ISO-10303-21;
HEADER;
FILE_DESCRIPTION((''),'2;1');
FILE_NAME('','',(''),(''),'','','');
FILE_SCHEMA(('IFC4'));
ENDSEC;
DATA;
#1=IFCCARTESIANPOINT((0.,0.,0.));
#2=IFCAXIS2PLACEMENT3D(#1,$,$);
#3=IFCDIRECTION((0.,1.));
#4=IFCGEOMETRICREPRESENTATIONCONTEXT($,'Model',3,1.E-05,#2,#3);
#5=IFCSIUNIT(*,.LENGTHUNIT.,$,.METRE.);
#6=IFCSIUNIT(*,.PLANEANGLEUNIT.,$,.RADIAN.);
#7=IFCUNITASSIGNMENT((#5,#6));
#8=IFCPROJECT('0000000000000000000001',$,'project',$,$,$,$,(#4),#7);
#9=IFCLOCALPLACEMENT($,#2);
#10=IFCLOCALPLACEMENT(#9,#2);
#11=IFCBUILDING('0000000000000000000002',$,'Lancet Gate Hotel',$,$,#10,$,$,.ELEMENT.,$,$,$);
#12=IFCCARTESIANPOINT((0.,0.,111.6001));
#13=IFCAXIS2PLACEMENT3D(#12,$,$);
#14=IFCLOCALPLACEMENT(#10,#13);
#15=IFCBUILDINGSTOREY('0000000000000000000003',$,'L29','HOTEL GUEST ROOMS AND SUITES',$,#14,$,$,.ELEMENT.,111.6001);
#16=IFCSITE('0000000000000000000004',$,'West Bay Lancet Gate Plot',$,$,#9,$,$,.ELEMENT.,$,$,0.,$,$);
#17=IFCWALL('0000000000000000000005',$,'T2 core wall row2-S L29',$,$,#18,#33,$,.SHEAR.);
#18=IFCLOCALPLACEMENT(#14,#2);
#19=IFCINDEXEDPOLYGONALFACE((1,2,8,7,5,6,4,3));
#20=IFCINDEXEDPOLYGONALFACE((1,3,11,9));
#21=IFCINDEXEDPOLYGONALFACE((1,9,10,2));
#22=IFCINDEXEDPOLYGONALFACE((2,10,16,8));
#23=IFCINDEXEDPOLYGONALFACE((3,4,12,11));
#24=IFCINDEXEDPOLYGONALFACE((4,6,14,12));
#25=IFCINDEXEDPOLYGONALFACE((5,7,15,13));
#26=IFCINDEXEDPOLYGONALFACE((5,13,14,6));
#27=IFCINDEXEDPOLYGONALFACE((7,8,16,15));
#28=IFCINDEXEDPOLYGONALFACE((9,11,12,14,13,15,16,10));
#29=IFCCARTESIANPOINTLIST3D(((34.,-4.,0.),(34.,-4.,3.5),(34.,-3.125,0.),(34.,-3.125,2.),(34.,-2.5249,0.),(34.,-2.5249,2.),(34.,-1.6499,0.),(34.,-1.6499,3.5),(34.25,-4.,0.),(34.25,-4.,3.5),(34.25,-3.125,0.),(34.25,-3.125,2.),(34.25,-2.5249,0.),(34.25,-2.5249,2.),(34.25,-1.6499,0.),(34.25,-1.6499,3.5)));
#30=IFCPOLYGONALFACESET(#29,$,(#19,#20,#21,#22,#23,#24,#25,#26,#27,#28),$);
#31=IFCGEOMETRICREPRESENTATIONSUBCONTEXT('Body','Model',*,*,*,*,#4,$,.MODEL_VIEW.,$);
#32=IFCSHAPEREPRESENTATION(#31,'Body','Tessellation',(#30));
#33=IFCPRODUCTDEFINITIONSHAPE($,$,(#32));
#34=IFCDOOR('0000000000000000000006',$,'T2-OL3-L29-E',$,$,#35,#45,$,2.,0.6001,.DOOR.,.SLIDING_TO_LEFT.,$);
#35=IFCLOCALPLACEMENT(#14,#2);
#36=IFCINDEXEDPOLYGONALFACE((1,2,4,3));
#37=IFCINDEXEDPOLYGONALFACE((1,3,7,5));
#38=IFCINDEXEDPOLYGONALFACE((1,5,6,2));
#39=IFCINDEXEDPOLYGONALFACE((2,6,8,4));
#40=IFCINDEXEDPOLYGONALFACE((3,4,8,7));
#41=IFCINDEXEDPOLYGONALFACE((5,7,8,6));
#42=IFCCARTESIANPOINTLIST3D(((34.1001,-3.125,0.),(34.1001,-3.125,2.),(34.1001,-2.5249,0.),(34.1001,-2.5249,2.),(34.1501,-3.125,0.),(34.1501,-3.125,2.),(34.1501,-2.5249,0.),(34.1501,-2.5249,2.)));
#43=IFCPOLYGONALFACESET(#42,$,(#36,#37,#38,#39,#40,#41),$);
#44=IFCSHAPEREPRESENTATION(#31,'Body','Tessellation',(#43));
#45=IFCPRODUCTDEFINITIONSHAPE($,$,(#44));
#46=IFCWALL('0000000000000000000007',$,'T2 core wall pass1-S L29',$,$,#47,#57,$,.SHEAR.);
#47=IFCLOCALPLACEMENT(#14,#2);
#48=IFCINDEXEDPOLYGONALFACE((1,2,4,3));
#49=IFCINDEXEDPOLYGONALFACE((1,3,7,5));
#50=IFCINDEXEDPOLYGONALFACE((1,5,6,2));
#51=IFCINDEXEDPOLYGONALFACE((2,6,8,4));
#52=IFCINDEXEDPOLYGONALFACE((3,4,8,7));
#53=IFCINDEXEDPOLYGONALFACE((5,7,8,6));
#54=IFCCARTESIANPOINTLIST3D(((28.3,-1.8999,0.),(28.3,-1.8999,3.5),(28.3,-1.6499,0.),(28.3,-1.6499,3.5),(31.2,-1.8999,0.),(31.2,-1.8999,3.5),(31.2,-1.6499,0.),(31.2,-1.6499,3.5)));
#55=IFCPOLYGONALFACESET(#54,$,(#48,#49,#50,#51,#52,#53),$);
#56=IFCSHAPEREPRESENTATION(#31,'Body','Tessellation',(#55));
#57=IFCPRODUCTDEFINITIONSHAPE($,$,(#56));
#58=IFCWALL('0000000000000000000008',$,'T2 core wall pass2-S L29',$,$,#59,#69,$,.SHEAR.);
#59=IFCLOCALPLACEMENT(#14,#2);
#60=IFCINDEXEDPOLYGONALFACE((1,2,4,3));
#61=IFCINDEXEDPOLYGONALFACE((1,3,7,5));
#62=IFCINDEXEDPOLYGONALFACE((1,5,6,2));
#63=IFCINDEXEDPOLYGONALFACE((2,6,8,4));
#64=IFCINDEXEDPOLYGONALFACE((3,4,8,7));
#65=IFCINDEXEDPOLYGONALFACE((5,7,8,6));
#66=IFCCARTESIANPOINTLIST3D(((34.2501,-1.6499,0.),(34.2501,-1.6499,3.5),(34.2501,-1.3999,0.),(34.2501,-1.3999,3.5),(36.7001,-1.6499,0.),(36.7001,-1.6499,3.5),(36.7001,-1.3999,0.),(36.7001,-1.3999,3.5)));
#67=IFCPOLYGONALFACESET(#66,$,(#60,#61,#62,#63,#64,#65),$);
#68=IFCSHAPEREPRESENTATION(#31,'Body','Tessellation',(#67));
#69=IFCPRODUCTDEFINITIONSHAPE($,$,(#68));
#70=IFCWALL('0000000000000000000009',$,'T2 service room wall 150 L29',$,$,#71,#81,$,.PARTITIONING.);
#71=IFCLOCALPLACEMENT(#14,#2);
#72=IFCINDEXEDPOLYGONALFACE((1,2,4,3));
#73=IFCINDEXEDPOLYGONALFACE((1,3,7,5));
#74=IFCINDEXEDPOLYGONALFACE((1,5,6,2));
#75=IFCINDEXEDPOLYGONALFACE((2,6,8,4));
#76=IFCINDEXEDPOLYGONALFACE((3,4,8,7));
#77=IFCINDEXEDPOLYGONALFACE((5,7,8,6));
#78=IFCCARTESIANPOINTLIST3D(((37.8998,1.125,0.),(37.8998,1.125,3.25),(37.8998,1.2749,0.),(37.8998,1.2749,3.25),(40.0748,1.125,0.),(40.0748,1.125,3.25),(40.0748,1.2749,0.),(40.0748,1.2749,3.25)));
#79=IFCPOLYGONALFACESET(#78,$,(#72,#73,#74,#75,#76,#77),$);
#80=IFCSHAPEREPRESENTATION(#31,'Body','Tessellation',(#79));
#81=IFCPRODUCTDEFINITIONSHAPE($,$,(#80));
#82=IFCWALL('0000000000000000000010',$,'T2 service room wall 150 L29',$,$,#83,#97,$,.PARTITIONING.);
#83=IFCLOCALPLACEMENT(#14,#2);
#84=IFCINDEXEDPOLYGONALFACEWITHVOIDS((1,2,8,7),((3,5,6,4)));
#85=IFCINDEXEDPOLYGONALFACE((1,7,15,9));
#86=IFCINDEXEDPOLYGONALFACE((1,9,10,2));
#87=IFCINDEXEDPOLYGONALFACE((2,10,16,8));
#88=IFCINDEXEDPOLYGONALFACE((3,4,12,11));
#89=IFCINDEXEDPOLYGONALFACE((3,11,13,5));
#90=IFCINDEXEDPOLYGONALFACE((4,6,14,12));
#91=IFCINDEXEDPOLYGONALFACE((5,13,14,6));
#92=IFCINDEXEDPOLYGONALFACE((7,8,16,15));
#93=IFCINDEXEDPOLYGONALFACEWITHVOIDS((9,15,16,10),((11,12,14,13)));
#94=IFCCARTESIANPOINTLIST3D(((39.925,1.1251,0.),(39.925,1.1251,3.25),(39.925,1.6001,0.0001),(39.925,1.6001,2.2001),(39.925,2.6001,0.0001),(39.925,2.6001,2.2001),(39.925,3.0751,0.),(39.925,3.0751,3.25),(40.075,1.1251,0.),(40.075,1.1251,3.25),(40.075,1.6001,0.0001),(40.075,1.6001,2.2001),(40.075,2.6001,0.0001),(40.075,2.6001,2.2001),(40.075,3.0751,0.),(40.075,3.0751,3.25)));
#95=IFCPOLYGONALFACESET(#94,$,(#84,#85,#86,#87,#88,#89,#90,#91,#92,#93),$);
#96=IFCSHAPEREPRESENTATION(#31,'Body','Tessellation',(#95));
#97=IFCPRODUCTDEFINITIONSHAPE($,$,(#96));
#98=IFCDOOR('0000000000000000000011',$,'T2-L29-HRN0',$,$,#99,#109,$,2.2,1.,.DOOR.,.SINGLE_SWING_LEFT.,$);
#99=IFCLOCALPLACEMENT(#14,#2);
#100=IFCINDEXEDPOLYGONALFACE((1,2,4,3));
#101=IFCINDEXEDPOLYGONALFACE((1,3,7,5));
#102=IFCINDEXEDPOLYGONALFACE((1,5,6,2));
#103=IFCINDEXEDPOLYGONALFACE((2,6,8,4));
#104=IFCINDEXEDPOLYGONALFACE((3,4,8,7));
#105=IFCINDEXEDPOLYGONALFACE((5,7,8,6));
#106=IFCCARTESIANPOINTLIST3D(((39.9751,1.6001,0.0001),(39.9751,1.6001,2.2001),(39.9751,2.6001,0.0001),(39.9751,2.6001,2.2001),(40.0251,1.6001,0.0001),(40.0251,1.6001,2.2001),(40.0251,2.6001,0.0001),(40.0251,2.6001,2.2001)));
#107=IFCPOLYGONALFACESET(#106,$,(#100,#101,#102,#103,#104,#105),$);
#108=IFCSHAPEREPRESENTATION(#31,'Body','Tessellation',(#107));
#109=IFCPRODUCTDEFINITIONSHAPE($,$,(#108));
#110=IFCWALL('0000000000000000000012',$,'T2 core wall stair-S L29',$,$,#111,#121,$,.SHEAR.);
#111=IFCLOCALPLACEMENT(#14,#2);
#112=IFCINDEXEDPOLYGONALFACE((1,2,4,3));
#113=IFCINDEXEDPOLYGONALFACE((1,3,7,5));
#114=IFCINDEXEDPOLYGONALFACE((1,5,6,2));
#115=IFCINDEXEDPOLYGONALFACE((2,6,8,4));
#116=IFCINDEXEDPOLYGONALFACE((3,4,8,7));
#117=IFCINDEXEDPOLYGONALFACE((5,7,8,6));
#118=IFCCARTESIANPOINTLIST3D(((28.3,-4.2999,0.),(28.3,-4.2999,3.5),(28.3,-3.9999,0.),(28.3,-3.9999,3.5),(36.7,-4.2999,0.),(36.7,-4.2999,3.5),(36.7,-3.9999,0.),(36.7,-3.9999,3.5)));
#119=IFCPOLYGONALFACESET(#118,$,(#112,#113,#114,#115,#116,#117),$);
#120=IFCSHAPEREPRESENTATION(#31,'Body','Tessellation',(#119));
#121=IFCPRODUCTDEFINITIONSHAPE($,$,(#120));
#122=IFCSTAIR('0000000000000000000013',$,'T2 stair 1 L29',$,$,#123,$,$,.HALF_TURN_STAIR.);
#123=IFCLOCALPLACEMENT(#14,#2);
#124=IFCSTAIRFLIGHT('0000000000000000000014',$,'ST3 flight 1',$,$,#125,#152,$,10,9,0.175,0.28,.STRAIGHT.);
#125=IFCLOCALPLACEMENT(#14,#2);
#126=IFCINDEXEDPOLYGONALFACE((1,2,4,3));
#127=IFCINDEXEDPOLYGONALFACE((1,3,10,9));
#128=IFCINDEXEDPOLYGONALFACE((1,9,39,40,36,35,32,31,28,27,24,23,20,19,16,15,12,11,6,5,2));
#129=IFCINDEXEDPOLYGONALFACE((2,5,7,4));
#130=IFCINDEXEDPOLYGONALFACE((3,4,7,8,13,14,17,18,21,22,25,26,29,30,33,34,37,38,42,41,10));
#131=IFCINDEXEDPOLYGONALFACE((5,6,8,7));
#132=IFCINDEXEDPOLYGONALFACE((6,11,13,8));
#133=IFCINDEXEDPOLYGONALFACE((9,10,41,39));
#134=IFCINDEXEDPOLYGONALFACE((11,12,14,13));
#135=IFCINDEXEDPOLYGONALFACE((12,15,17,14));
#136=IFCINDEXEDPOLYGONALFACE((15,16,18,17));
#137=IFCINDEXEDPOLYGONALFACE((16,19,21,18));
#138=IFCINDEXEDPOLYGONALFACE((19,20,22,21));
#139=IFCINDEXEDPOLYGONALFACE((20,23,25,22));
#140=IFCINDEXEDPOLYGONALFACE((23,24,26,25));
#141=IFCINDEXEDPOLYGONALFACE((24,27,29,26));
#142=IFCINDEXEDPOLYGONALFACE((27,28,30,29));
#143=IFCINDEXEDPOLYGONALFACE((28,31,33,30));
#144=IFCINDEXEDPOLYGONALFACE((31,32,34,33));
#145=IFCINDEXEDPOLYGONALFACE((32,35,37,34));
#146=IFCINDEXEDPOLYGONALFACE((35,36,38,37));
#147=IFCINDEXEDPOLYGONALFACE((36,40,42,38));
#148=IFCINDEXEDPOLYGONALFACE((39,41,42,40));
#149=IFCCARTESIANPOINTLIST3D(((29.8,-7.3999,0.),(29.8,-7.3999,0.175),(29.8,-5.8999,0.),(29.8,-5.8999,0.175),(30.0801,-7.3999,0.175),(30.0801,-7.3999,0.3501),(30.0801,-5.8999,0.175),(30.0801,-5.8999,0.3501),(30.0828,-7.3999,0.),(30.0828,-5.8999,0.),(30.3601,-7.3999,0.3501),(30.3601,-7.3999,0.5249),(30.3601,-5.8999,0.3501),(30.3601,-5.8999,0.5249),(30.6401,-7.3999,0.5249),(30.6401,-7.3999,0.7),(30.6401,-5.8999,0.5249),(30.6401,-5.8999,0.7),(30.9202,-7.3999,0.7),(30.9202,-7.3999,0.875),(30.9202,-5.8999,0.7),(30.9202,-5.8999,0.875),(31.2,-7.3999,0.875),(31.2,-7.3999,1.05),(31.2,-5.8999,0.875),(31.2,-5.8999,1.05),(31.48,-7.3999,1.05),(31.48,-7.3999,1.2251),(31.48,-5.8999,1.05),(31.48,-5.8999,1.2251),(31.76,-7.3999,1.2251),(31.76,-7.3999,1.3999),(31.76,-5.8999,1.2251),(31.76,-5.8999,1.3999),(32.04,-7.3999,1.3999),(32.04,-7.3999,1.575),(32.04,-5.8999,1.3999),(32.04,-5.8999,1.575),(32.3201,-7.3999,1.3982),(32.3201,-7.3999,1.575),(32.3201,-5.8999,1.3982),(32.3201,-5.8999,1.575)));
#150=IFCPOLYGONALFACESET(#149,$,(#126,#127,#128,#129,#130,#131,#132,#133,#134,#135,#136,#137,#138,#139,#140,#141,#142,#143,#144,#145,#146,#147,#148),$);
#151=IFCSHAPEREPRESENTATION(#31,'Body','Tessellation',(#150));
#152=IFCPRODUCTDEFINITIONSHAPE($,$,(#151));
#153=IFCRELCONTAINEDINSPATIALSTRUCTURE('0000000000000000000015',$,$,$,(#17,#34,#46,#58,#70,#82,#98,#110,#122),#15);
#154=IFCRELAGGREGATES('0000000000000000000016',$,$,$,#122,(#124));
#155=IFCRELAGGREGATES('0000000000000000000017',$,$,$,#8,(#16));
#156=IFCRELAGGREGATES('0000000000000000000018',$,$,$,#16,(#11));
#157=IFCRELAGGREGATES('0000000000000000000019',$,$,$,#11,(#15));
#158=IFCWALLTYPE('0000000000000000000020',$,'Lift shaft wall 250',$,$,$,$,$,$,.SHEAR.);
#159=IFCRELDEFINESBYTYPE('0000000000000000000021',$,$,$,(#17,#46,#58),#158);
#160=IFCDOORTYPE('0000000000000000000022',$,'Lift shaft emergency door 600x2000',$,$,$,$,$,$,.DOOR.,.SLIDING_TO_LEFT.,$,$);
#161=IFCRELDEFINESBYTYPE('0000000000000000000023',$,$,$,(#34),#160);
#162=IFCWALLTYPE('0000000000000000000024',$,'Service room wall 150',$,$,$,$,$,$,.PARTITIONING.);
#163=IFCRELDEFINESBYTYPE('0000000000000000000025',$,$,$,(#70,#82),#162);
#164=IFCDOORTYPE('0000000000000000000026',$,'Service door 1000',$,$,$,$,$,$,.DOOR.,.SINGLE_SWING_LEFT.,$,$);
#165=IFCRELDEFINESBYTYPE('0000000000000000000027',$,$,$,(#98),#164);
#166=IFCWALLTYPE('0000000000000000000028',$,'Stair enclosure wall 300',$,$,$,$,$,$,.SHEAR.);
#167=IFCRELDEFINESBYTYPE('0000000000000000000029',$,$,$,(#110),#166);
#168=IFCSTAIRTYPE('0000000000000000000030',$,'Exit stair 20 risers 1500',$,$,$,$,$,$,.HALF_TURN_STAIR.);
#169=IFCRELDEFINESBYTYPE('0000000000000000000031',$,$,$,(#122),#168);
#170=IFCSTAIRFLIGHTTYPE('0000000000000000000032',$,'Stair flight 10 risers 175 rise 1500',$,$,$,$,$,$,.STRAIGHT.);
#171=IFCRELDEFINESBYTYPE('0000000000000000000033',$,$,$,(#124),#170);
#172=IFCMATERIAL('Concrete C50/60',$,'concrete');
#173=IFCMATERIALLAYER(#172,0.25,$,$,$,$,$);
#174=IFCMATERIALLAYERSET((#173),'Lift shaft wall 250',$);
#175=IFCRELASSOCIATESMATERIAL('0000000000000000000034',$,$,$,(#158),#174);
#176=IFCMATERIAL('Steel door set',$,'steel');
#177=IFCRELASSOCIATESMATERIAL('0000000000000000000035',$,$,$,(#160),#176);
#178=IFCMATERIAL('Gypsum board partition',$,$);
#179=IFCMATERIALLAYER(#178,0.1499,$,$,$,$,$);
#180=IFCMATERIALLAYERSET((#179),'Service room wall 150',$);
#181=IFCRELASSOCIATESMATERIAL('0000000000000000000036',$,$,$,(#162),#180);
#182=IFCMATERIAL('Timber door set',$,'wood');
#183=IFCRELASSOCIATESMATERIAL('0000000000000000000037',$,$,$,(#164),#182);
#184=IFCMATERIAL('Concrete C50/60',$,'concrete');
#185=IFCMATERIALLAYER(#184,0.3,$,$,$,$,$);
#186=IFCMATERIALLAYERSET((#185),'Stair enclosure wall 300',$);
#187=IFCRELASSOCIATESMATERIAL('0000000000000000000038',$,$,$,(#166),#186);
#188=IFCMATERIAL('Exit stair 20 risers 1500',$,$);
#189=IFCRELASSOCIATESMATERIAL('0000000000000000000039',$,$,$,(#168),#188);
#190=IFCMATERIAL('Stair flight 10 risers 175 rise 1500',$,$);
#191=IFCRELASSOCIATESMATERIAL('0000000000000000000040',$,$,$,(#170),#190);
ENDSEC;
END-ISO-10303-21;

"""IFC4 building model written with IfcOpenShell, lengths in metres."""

from ifc_helpers import new_model, si_unit, direction, frame, frame_2d, origin, place, context, subcontext, project, spatial, polyline, rectangle, outline, extrude, material, layer, layer_set, type_object, element, fill, aggregate, save


model = new_model("IFC4")

# Units and contexts
model_context = context("Model", 3, precision=1e-05, world=origin(), true_north=direction((0.0, 1.0)))
body_context = subcontext(model_context, "Body", "Model", "MODEL_VIEW")
ifc_project = project(units=[si_unit("LENGTHUNIT", "METRE"), si_unit("PLANEANGLEUNIT", "RADIAN")], contexts=[model_context])

# Site, building, storey
site_placement = place(None, origin())
site = spatial("IfcSite", under=ifc_project, at=site_placement, Name="West Bay Lancet Gate Plot", CompositionType="ELEMENT", RefElevation=0.0)
building_placement = place(site_placement, origin())
building = spatial("IfcBuilding", under=site, at=building_placement, Name="Lancet Gate Hotel", CompositionType="ELEMENT")
storey_placement = place(building_placement, frame((0.0, 0.0, 111.6001)))
storey = spatial("IfcBuildingStorey", under=building, at=storey_placement, Name="L29", Description="HOTEL GUEST ROOMS AND SUITES", CompositionType="ELEMENT", Elevation=111.6001)

# Wall, opening, door
ifc_material_1 = material(Name="Concrete C50/60", Category="concrete")
ifc_layer_1 = layer(ifc_material_1, 0.25)
ifc_layer_set_1 = layer_set([ifc_layer_1], Name="Lift shaft wall 250")
wall_type_1 = type_object("IfcWallType", Name="Lift shaft wall 250", PredefinedType="SHEAR", material=ifc_layer_set_1)
wall_1_placement = place(storey_placement, frame((34.125, -4.0, 0.0), z_axis=(0.0, 0.0, 1.0), x_axis=(0.0, 1.0, 0.0)))
wall_1 = element("IfcWall", 1, at=wall_1_placement, inside=storey, type_object=wall_type_1, Name="T2 core wall row2-S L29", PredefinedType="SHEAR", context=body_context, shape_type="SweptSolid", body=[
    extrude(rectangle(XDim=2.3501, YDim=0.25, at=frame_2d((1.175, 0.0))), origin(), (0.0, 0.0, 1.0), 3.5),
])
opening_1_placement = place(wall_1_placement, frame((0.875, 0.0, 0.0)))
opening_1 = element("IfcOpeningElement", 2, at=opening_1_placement, cuts=wall_1, PredefinedType="OPENING", context=body_context, shape_type="SweptSolid", body=[
    extrude(rectangle(XDim=0.6001, YDim=2.0, at=frame_2d((0.3, 1.0))), frame((0.0, 0.135, 0.0), z_axis=(0.0, -1.0, 0.0), x_axis=(1.0, 0.0, 0.0)), (0.0, 0.0, 1.0), 0.27),
])
ifc_material_2 = material(Name="Steel door set", Category="steel")
door_type_1 = type_object("IfcDoorType", Name="Lift shaft emergency door 600x2000", OperationType="SLIDING_TO_LEFT", PredefinedType="DOOR", material=ifc_material_2)
door_1_placement = place(opening_1_placement, origin())
door_1 = element("IfcDoor", 3, at=door_1_placement, inside=storey, type_object=door_type_1, Name="T2-OL3-L29-E", OperationType="SLIDING_TO_LEFT", OverallHeight=2.0, OverallWidth=0.6001, PredefinedType="DOOR", context=body_context, shape_type="SweptSolid", body=[
    extrude(rectangle(XDim=0.6001, YDim=2.0, at=frame_2d((0.3, 1.0))), frame((0.0, 0.0249, 0.0), z_axis=(0.0, -1.0, 0.0), x_axis=(1.0, 0.0, 0.0)), (0.0, 0.0, 1.0), 0.05),
])
fill(opening_1, door_1)

# Walls
wall_2_placement = place(storey_placement, frame((28.3, -1.7749, 0.0), z_axis=(0.0, 0.0, 1.0), x_axis=(1.0, 0.0, 0.0)))
element("IfcWall", 4, at=wall_2_placement, inside=storey, type_object=wall_type_1, Name="T2 core wall pass1-S L29", PredefinedType="SHEAR", context=body_context, shape_type="SweptSolid", body=[
    extrude(rectangle(XDim=2.8999, YDim=0.25, at=frame_2d((1.45, 0.0))), origin(), (0.0, 0.0, 1.0), 3.5),
])
wall_3_placement = place(storey_placement, frame((34.25, -1.5249, 0.0), z_axis=(0.0, 0.0, 1.0), x_axis=(1.0, 0.0, 0.0)))
element("IfcWall", 5, at=wall_3_placement, inside=storey, type_object=wall_type_1, Name="T2 core wall pass2-S L29", PredefinedType="SHEAR", context=body_context, shape_type="SweptSolid", body=[
    extrude(rectangle(XDim=2.45, YDim=0.25, at=frame_2d((1.2251, 0.0))), origin(), (0.0, 0.0, 1.0), 3.5),
])
ifc_material_3 = material(Name="Gypsum board partition")
ifc_layer_2 = layer(ifc_material_3, 0.1499)
ifc_layer_set_2 = layer_set([ifc_layer_2], Name="Service room wall 150")
wall_type_2 = type_object("IfcWallType", Name="Service room wall 150", PredefinedType="PARTITIONING", material=ifc_layer_set_2)
wall_4_placement = place(storey_placement, frame((37.8999, 1.2, 0.0), z_axis=(0.0, 0.0, 1.0), x_axis=(1.0, 0.0, 0.0)))
element("IfcWall", 6, at=wall_4_placement, inside=storey, type_object=wall_type_2, Name="T2 service room wall 150 L29", PredefinedType="PARTITIONING", context=body_context, shape_type="SweptSolid", body=[
    extrude(rectangle(XDim=2.175, YDim=0.1499, at=frame_2d((1.0874, 0.0))), origin(), (0.0, 0.0, 1.0), 3.25),
])

# Wall, opening, door
wall_5_placement = place(storey_placement, frame((40.0, 1.125, 0.0), z_axis=(0.0, 0.0, 1.0), x_axis=(0.0, 1.0, 0.0)))
wall_5 = element("IfcWall", 7, at=wall_5_placement, inside=storey, type_object=wall_type_2, Name="T2 service room wall 150 L29", PredefinedType="PARTITIONING", context=body_context, shape_type="SweptSolid", body=[
    extrude(rectangle(XDim=1.95, YDim=0.1499, at=frame_2d((0.9751, 0.0))), origin(), (0.0, 0.0, 1.0), 3.25),
])
opening_2_placement = place(wall_5_placement, frame((0.4751, 0.0, 0.0)))
opening_2 = element("IfcOpeningElement", 8, at=opening_2_placement, cuts=wall_5, PredefinedType="OPENING", context=body_context, shape_type="SweptSolid", body=[
    extrude(rectangle(XDim=1.0, YDim=2.2, at=frame_2d((0.5, 1.1001))), frame((0.0, 0.085, 0.0), z_axis=(0.0, -1.0, 0.0), x_axis=(1.0, 0.0, 0.0)), (0.0, 0.0, 1.0), 0.1699),
])
ifc_material_4 = material(Name="Timber door set", Category="wood")
door_type_2 = type_object("IfcDoorType", Name="Service door 1000", OperationType="SINGLE_SWING_LEFT", PredefinedType="DOOR", material=ifc_material_4)
door_2_placement = place(opening_2_placement, origin())
door_2 = element("IfcDoor", 9, at=door_2_placement, inside=storey, type_object=door_type_2, Name="T2-L29-HRN0", OperationType="SINGLE_SWING_LEFT", OverallHeight=2.2, OverallWidth=1.0, PredefinedType="DOOR", context=body_context, shape_type="SweptSolid", body=[
    extrude(rectangle(XDim=1.0, YDim=2.2, at=frame_2d((0.5, 1.1001))), frame((0.0, 0.0249, 0.0), z_axis=(0.0, -1.0, 0.0), x_axis=(1.0, 0.0, 0.0)), (0.0, 0.0, 1.0), 0.05),
])
fill(opening_2, door_2)

# Wall
ifc_material_5 = material(Name="Concrete C50/60", Category="concrete")
ifc_layer_3 = layer(ifc_material_5, 0.3)
ifc_layer_set_3 = layer_set([ifc_layer_3], Name="Stair enclosure wall 300")
wall_type_3 = type_object("IfcWallType", Name="Stair enclosure wall 300", PredefinedType="SHEAR", material=ifc_layer_set_3)
wall_6_placement = place(storey_placement, frame((28.3, -4.1499, 0.0), z_axis=(0.0, 0.0, 1.0), x_axis=(1.0, 0.0, 0.0)))
element("IfcWall", 10, at=wall_6_placement, inside=storey, type_object=wall_type_3, Name="T2 core wall stair-S L29", PredefinedType="SHEAR", context=body_context, shape_type="SweptSolid", body=[
    extrude(rectangle(XDim=8.3999, YDim=0.3, at=frame_2d((4.2, 0.0))), origin(), (0.0, 0.0, 1.0), 3.5),
])

# Stair, stair flight
ifc_material_6 = material(Name="Exit stair 20 risers 1500")
stair_type = type_object("IfcStairType", Name="Exit stair 20 risers 1500", PredefinedType="HALF_TURN_STAIR", material=ifc_material_6)
stair_placement = place(storey_placement, origin())
stair = element("IfcStair", 11, at=stair_placement, inside=storey, type_object=stair_type, Name="T2 stair 1 L29", PredefinedType="HALF_TURN_STAIR")
ifc_material_7 = material(Name="Stair flight 10 risers 175 rise 1500")
stair_flight_type = type_object("IfcStairFlightType", Name="Stair flight 10 risers 175 rise 1500", PredefinedType="STRAIGHT", material=ifc_material_7)
stair_flight_1_placement = place(storey_placement, frame((29.8, -6.6499, 0.0), z_axis=(0.0, 0.0, 1.0), x_axis=(1.0, 0.0, 0.0)))
stair_flight_1 = element("IfcStairFlight", 12, at=stair_flight_1_placement, type_object=stair_flight_type, Name="ST3 flight 1", NumberOfRisers=10, NumberOfTreads=9, PredefinedType="STRAIGHT", RiserHeight=0.175, TreadLength=0.28, context=body_context, shape_type="SweptSolid", body=[
    extrude(outline(polyline([(0.0, 0.0), (0.0, 0.175), (0.28, 0.175), (0.28, 0.3501), (0.5601, 0.3501), (0.5601, 0.5249), (0.8401, 0.5249), (0.8401, 0.7), (1.1201, 0.7), (1.1201, 0.875), (1.3999, 0.875), (1.3999, 1.05), (1.6799, 1.05), (1.6799, 1.2251), (1.96, 1.2251), (1.96, 1.3999), (2.24, 1.3999), (2.24, 1.575), (2.52, 1.575), (2.52, 1.75), (2.52, 1.3982), (0.2827, 0.0), (0.0, 0.0)])), frame((0.0, 0.75, 0.0), z_axis=(0.0, -1.0, 0.0), x_axis=(1.0, 0.0, 0.0)), (0.0, 0.0, 1.0), 1.5),
])
aggregate(stair, [stair_flight_1])

save(model, "model.ifc")
